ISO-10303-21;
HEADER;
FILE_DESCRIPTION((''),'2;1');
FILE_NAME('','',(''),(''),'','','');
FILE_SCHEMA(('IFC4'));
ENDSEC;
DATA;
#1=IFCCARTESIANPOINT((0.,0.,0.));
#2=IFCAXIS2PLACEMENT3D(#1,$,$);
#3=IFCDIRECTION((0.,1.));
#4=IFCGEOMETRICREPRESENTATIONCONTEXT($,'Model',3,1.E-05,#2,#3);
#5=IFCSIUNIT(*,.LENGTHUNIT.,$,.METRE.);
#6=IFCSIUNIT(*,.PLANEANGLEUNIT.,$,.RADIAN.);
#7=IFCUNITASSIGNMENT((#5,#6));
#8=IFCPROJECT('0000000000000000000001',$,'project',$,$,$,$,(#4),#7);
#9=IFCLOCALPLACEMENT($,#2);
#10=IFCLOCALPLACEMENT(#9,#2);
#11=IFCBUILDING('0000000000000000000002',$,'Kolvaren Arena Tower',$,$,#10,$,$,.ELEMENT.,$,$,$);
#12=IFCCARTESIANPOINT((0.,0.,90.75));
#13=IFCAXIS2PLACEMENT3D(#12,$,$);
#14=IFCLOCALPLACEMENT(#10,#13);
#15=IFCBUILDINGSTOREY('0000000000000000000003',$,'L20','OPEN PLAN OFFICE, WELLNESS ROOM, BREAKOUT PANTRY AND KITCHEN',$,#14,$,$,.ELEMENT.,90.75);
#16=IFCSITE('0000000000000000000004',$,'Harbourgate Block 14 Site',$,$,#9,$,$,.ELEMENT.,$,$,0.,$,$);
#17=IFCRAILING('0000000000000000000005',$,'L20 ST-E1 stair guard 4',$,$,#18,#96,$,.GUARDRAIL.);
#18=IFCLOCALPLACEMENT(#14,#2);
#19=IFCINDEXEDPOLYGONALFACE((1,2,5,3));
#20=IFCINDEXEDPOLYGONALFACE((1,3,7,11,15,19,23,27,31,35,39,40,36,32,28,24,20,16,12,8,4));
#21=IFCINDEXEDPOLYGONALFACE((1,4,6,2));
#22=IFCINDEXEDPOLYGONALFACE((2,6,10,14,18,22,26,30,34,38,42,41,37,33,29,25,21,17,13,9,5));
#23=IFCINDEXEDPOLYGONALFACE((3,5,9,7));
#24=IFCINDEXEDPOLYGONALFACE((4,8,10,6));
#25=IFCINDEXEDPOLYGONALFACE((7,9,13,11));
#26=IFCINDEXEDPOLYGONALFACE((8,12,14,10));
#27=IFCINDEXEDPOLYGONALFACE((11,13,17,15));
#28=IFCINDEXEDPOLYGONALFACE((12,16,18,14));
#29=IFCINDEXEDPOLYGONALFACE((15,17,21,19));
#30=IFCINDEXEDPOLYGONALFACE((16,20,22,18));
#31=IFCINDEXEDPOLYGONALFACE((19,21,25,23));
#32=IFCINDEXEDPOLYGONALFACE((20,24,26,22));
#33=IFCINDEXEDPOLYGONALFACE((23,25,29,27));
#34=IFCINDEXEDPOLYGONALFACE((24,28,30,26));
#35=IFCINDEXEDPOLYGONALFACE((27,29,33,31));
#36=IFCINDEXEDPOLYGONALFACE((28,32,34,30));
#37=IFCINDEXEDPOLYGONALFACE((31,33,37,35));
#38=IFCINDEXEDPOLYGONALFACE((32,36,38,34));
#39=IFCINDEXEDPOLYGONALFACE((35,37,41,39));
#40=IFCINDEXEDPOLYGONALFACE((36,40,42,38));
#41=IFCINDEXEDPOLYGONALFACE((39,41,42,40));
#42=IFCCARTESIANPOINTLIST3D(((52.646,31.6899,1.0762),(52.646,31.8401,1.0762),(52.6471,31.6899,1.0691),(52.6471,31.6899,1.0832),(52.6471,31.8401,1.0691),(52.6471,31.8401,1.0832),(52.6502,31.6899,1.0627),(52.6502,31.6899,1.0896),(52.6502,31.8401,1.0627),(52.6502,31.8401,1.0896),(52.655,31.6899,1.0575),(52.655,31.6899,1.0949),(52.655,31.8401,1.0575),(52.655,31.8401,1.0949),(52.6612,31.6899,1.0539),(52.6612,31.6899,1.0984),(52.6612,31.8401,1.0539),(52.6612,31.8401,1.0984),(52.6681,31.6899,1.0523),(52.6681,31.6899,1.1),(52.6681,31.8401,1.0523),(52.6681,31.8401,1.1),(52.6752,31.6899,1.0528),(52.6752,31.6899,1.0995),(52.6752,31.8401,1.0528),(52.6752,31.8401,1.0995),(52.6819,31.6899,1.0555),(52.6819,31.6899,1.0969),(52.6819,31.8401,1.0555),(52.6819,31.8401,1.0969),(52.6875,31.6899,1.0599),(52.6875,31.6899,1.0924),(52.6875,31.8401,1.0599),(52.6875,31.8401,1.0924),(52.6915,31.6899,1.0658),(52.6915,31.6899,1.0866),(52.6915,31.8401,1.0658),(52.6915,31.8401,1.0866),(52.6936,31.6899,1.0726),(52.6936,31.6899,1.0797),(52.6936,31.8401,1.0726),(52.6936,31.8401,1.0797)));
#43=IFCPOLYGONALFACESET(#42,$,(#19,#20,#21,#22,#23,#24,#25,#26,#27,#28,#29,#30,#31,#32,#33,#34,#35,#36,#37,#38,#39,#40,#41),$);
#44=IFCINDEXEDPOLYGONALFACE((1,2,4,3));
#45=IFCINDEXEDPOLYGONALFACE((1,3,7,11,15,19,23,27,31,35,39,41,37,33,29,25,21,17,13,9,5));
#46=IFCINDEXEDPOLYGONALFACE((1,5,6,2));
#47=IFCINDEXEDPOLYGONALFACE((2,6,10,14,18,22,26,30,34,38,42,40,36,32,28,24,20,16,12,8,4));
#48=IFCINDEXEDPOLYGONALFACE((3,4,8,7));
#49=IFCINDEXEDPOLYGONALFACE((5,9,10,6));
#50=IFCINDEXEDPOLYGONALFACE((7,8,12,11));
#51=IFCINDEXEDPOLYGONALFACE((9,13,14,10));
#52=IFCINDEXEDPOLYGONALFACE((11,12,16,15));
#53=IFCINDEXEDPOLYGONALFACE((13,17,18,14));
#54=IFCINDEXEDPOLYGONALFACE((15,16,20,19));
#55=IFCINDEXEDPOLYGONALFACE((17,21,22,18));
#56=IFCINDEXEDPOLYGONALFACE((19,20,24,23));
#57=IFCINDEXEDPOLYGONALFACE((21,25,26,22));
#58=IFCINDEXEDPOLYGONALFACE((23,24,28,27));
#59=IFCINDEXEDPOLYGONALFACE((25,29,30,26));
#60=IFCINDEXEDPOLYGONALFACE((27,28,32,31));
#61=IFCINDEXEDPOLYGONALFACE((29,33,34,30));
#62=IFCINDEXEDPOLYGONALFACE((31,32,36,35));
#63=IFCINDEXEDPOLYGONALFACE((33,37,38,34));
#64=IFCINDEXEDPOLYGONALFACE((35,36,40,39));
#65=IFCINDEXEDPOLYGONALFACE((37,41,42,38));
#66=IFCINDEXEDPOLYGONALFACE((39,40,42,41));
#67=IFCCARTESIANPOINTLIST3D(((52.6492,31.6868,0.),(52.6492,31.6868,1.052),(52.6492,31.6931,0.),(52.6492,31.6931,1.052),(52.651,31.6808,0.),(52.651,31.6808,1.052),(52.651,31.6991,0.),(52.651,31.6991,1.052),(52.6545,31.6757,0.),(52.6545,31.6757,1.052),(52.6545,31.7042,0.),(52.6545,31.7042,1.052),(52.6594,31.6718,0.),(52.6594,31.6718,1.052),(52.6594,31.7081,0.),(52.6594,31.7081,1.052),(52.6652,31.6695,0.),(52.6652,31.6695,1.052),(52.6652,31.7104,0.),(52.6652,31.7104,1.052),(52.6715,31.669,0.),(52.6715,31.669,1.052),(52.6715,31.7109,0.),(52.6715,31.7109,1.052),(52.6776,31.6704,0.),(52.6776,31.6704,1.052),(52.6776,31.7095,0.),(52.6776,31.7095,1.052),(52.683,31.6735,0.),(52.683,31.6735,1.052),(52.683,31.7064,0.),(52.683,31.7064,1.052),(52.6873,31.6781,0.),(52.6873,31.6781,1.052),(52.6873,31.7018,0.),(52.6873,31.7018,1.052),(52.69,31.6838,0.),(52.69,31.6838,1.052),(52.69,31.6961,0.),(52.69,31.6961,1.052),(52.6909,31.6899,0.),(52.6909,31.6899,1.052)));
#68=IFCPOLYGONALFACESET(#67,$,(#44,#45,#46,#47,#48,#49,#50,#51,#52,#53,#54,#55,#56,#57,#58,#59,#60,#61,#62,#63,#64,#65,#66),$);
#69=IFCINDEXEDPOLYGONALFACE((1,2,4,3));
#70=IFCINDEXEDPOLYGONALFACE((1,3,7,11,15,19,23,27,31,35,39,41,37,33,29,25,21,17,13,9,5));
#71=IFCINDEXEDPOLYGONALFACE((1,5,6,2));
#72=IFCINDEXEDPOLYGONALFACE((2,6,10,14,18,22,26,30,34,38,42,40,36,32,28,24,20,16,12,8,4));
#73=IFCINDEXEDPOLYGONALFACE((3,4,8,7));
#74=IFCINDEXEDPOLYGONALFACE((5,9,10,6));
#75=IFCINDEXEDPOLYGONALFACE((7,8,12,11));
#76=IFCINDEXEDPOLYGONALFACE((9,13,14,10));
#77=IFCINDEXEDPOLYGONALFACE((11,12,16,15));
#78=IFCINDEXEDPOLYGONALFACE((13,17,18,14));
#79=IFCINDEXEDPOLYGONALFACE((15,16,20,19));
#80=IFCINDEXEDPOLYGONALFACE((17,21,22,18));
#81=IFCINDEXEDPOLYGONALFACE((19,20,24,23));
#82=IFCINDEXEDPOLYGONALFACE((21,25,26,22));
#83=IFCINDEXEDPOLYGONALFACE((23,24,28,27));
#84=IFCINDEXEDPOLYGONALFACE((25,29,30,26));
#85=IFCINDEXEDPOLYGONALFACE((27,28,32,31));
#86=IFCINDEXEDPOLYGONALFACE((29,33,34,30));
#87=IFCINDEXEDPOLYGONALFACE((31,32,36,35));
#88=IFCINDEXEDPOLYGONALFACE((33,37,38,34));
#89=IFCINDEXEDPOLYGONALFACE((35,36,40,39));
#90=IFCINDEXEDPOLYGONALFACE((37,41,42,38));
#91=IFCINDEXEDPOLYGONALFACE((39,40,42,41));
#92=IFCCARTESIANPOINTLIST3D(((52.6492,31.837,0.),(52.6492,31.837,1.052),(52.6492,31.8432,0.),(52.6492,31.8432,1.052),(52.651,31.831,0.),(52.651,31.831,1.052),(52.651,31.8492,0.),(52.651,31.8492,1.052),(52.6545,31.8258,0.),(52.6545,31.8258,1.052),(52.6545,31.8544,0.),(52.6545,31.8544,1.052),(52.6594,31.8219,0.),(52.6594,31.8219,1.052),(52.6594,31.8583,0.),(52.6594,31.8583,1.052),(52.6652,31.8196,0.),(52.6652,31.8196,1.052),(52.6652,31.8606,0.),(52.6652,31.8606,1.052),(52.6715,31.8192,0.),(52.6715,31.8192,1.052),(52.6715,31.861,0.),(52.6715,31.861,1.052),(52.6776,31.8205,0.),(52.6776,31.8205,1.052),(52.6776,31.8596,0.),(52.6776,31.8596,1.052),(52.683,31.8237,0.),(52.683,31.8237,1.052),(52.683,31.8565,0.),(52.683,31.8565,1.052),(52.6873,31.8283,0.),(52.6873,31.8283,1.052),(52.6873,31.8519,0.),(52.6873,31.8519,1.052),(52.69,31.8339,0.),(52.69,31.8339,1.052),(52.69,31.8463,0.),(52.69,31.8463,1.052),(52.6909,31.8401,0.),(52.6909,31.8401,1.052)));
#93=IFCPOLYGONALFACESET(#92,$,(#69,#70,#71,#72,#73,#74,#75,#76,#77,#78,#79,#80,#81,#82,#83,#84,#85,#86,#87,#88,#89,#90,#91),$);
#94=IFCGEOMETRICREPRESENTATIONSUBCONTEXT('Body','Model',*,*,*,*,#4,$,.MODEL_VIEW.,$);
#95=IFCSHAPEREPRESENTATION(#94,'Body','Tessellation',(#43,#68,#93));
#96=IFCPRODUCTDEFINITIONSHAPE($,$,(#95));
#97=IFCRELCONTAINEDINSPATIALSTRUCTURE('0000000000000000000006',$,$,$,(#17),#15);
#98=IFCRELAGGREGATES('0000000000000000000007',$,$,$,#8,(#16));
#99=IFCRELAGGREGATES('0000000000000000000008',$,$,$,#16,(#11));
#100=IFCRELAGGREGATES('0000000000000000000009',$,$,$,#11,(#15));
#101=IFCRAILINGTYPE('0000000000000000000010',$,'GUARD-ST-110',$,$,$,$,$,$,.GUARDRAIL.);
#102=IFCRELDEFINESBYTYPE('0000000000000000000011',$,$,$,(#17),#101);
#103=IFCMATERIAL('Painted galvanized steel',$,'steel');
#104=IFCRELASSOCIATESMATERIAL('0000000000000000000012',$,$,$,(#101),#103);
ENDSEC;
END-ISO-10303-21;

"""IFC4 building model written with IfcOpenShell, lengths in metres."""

from ifc_helpers import new_model, si_unit, direction, frame, origin, origin_2d, place, context, subcontext, project, spatial, circle, extrude, material, type_object, element, save


model = new_model("IFC4")

# Units and contexts
model_context = context("Model", 3, precision=1e-05, world=origin(), true_north=direction((0.0, 1.0)))
body_context = subcontext(model_context, "Body", "Model", "MODEL_VIEW")
ifc_project = project(units=[si_unit("LENGTHUNIT", "METRE"), si_unit("PLANEANGLEUNIT", "RADIAN")], contexts=[model_context])

# Site, building, storey
site_placement = place(None, origin())
site = spatial("IfcSite", under=ifc_project, at=site_placement, Name="Harbourgate Block 14 Site", CompositionType="ELEMENT", RefElevation=0.0)
building_placement = place(site_placement, origin())
building = spatial("IfcBuilding", under=site, at=building_placement, Name="Kolvaren Arena Tower", CompositionType="ELEMENT")
storey_placement = place(building_placement, frame((0.0, 0.0, 90.75)))
storey = spatial("IfcBuildingStorey", under=building, at=storey_placement, Name="L20", Description="OPEN PLAN OFFICE, WELLNESS ROOM, BREAKOUT PANTRY AND KITCHEN", CompositionType="ELEMENT", Elevation=90.75)

# Railing
ifc_material_1 = material(Name="Painted galvanized steel", Category="steel")
railing_type_1 = type_object("IfcRailingType", Name="GUARD-ST-110", PredefinedType="GUARDRAIL", material=ifc_material_1)
railing_1_placement = place(storey_placement, frame((52.6699, 31.6899, 0.0)))
element("IfcRailing", 1, at=railing_1_placement, inside=storey, type_object=railing_type_1, Name="L20 ST-E1 stair guard 4", PredefinedType="GUARDRAIL", context=body_context, shape_type="SweptSolid", body=[
    extrude(circle(Radius=0.0239, at=origin_2d()), frame((0.0, 0.0, 1.0762), z_axis=(0.0, 1.0, 0.0), x_axis=(-1.0, 0.0, 0.0)), (0.0, 0.0, 1.0), 0.1501),
    extrude(circle(Radius=0.021, at=origin_2d()), origin(), (0.0, 0.0, 1.0), 1.052),
    extrude(circle(Radius=0.021, at=origin_2d()), frame((0.0, 0.1501, 0.0)), (0.0, 0.0, 1.0), 1.052),
])

save(model, "model.ifc")
